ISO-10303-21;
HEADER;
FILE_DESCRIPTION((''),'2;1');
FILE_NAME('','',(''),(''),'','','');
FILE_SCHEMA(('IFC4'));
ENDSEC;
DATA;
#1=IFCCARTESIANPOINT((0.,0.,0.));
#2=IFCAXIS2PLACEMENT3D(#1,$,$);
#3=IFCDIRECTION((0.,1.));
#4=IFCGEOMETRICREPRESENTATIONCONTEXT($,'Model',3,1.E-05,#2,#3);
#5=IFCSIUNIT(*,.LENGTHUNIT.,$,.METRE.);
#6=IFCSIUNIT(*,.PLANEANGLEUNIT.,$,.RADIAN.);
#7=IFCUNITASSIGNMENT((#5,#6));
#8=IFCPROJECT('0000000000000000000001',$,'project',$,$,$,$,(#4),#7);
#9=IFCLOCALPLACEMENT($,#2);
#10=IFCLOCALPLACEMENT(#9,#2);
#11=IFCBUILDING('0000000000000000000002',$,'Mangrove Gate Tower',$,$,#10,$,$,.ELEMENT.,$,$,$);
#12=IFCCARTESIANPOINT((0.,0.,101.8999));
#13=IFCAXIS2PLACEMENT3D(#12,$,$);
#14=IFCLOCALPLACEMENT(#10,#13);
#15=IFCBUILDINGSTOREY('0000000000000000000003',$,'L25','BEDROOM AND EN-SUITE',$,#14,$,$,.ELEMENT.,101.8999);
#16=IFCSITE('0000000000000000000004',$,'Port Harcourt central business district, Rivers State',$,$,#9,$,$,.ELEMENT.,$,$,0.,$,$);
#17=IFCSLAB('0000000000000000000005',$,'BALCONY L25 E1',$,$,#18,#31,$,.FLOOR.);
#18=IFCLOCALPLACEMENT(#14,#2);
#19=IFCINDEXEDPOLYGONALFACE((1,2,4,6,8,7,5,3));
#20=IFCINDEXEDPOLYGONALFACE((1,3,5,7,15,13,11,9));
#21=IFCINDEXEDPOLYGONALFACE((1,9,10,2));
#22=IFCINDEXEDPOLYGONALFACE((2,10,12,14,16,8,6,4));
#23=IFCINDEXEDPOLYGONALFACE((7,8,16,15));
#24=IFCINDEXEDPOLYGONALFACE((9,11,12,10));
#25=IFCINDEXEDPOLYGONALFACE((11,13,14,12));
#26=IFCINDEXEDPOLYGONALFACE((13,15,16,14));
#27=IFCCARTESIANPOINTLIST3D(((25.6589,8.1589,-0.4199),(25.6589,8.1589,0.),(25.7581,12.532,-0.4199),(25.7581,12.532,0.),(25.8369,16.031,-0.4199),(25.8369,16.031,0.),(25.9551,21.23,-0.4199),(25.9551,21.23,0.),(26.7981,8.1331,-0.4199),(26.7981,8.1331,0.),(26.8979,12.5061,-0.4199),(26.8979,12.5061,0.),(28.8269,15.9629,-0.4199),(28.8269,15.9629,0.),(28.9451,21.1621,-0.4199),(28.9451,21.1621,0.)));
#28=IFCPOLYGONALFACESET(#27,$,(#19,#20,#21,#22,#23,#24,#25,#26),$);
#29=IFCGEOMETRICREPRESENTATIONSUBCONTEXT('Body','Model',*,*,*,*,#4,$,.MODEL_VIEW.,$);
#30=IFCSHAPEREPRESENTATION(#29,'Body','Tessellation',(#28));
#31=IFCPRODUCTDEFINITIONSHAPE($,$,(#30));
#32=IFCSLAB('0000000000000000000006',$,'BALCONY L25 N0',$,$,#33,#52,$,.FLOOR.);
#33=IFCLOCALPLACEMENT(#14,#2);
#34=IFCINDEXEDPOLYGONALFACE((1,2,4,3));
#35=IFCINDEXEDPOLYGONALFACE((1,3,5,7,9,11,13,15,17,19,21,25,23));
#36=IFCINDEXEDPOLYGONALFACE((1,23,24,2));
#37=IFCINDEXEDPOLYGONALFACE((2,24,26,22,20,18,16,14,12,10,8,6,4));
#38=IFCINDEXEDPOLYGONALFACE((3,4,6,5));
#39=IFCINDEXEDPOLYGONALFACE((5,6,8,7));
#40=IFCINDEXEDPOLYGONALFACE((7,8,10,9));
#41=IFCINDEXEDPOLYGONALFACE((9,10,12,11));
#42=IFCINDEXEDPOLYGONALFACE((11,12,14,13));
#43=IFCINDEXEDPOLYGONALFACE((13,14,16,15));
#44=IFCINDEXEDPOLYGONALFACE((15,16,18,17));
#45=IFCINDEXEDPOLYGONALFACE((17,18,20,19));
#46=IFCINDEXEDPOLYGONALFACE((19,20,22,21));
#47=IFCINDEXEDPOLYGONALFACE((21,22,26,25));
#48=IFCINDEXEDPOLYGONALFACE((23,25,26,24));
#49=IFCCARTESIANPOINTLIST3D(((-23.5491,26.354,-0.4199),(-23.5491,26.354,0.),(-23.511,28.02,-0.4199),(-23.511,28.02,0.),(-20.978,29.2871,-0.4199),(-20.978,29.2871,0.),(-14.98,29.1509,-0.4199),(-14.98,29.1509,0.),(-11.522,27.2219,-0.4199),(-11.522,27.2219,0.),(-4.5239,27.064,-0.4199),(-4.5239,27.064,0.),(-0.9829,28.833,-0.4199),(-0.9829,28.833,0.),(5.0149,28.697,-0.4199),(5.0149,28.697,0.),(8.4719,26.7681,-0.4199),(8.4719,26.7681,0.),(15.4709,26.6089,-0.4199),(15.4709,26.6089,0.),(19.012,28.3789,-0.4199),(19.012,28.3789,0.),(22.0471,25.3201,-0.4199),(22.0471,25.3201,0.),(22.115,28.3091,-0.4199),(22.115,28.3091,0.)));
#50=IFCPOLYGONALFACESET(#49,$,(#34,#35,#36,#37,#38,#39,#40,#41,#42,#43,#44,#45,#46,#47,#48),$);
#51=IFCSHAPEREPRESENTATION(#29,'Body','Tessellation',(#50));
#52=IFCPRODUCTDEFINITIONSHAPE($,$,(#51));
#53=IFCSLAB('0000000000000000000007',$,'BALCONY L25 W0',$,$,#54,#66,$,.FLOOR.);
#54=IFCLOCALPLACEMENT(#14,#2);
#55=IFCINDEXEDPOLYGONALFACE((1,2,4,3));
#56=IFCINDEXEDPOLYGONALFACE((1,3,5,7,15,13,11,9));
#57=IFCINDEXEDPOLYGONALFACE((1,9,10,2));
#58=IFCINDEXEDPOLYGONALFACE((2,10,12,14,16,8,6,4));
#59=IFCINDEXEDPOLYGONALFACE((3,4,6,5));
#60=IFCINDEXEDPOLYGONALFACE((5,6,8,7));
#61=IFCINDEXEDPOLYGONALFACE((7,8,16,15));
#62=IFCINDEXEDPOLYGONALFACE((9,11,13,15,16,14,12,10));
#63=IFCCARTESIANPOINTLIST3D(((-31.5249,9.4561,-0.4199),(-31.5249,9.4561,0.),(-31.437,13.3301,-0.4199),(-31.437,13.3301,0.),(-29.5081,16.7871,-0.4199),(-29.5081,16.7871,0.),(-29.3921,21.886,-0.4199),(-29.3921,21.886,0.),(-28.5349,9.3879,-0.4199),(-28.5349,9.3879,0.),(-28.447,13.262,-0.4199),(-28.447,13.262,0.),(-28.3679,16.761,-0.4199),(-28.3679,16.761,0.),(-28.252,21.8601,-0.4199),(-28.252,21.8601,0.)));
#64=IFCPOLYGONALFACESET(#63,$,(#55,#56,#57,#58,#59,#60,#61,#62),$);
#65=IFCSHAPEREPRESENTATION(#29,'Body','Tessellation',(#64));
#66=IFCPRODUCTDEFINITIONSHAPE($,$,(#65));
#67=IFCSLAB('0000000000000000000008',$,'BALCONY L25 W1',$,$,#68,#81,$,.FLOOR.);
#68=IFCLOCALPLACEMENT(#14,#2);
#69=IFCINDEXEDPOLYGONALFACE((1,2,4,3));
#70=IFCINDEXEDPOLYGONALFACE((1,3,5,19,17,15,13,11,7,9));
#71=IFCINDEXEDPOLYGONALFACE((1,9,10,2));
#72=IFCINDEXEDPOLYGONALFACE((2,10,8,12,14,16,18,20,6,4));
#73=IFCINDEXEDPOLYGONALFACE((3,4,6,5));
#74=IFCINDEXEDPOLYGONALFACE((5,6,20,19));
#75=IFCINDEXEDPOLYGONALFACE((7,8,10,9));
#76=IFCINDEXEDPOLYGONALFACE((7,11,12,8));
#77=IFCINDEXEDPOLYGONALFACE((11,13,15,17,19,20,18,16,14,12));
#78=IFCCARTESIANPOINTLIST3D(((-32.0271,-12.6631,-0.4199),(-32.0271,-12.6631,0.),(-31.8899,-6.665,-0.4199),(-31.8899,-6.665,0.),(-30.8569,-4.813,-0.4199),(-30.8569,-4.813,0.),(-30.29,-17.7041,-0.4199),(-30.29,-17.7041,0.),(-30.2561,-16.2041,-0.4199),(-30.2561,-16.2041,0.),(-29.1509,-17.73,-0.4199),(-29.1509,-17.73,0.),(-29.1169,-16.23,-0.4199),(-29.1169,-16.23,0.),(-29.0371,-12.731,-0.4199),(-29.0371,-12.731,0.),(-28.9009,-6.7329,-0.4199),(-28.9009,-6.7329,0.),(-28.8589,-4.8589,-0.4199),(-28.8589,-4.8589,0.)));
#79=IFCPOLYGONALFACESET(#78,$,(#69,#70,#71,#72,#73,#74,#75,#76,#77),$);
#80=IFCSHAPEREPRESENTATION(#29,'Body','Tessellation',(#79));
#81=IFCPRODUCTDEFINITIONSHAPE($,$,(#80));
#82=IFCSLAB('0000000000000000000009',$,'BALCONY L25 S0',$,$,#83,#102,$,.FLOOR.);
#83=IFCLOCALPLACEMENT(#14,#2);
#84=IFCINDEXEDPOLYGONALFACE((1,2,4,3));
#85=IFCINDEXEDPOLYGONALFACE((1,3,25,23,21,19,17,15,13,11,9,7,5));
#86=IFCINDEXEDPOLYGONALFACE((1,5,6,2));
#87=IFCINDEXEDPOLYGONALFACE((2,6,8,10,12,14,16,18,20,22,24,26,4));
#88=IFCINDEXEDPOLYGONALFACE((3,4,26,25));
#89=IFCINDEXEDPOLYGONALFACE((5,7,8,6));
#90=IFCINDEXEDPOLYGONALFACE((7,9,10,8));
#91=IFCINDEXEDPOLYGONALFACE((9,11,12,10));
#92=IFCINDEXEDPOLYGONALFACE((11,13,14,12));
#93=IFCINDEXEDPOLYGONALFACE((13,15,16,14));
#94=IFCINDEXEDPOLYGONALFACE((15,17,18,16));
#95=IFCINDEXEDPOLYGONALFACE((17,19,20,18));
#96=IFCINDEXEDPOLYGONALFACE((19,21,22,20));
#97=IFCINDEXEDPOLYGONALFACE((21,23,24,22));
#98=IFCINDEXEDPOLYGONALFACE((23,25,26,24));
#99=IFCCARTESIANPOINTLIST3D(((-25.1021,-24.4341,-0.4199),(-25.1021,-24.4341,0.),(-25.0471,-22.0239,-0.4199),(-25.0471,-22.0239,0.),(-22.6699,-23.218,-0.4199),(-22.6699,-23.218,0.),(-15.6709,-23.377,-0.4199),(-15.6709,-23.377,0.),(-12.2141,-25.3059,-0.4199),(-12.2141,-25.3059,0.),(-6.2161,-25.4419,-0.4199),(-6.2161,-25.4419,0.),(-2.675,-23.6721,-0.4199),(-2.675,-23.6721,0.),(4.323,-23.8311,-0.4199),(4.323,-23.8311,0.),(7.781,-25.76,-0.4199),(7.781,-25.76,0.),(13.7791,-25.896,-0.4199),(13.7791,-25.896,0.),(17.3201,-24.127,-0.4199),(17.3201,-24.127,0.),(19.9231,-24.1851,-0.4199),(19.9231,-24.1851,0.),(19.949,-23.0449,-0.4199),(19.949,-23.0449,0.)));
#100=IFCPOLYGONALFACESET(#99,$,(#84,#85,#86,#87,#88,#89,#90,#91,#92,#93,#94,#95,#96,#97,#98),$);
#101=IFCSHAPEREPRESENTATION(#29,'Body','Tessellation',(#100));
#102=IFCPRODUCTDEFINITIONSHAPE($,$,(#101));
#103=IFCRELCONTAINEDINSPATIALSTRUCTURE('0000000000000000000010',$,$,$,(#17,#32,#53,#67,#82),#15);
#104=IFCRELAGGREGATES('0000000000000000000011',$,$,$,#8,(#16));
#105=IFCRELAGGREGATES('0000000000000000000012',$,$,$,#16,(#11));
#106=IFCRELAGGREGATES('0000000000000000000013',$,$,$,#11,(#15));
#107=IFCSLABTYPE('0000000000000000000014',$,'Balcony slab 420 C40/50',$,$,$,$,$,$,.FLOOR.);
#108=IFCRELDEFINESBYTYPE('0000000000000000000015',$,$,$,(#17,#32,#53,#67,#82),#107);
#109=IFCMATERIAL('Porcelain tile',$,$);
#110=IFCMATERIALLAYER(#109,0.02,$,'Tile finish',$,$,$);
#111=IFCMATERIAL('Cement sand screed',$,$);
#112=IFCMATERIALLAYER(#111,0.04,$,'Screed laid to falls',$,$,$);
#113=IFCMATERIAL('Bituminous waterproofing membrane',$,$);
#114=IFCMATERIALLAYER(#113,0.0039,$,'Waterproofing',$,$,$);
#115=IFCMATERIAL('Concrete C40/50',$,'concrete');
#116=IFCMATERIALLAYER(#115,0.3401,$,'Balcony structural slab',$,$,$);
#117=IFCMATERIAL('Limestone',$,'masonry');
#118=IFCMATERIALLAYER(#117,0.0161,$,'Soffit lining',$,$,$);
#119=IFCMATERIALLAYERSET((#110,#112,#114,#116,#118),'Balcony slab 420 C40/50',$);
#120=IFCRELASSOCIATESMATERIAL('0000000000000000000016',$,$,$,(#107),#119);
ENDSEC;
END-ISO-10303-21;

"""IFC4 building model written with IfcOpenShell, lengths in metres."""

from ifc_helpers import new_model, si_unit, direction, frame, origin, place, context, subcontext, project, spatial, polyline, outline, extrude, material, layer, layer_set, type_object, element, save


model = new_model("IFC4")

# Units and contexts
model_context = context("Model", 3, precision=1e-05, world=origin(), true_north=direction((0.0, 1.0)))
body_context = subcontext(model_context, "Body", "Model", "MODEL_VIEW")
ifc_project = project(units=[si_unit("LENGTHUNIT", "METRE"), si_unit("PLANEANGLEUNIT", "RADIAN")], contexts=[model_context])

# Site, building, storey
site_placement = place(None, origin())
site = spatial("IfcSite", under=ifc_project, at=site_placement, Name="Port Harcourt central business district, Rivers State", CompositionType="ELEMENT", RefElevation=0.0)
building_placement = place(site_placement, origin())
building = spatial("IfcBuilding", under=site, at=building_placement, Name="Mangrove Gate Tower", CompositionType="ELEMENT")
storey_placement = place(building_placement, frame((0.0, 0.0, 101.8999)))
storey = spatial("IfcBuildingStorey", under=building, at=storey_placement, Name="L25", Description="BEDROOM AND EN-SUITE", CompositionType="ELEMENT", Elevation=101.8999)

# Slabs
ifc_material_1 = material(Name="Porcelain tile")
ifc_layer_1 = layer(ifc_material_1, 0.02, Name="Tile finish")
ifc_material_2 = material(Name="Cement sand screed")
ifc_layer_2 = layer(ifc_material_2, 0.04, Name="Screed laid to falls")
ifc_material_3 = material(Name="Bituminous waterproofing membrane")
ifc_layer_3 = layer(ifc_material_3, 0.0039, Name="Waterproofing")
ifc_material_4 = material(Name="Concrete C40/50", Category="concrete")
ifc_layer_4 = layer(ifc_material_4, 0.3401, Name="Balcony structural slab")
ifc_material_5 = material(Name="Limestone", Category="masonry")
ifc_layer_5 = layer(ifc_material_5, 0.0161, Name="Soffit lining")
ifc_layer_set_1 = layer_set([ifc_layer_1, ifc_layer_2, ifc_layer_3, ifc_layer_4, ifc_layer_5], Name="Balcony slab 420 C40/50")
slab_type_1 = type_object("IfcSlabType", Name="Balcony slab 420 C40/50", PredefinedType="FLOOR", material=ifc_layer_set_1)
slab_1_placement = place(storey_placement, frame((0.0, 0.0, -0.4199)))
element("IfcSlab", 1, at=slab_1_placement, inside=storey, type_object=slab_type_1, Name="BALCONY L25 E1", PredefinedType="FLOOR", context=body_context, shape_type="SweptSolid", body=[
    extrude(outline(polyline([(26.7981, 8.1331), (26.8979, 12.5061), (28.8269, 15.9629), (28.9451, 21.1621), (25.9551, 21.23), (25.8369, 16.031), (25.7581, 12.532), (25.6589, 8.1589), (26.7981, 8.1331)])), origin(), (0.0, 0.0, 1.0), 0.4199),
])
slab_2_placement = place(storey_placement, frame((0.0, 0.0, -0.4199)))
element("IfcSlab", 2, at=slab_2_placement, inside=storey, type_object=slab_type_1, Name="BALCONY L25 N0", PredefinedType="FLOOR", context=body_context, shape_type="SweptSolid", body=[
    extrude(outline(polyline([(22.115, 28.3091), (19.012, 28.3789), (15.4709, 26.6089), (8.4719, 26.7681), (5.0149, 28.697), (-0.9829, 28.833), (-4.5239, 27.064), (-11.522, 27.2219), (-14.98, 29.1509), (-20.978, 29.2871), (-23.511, 28.02), (-23.5491, 26.354), (22.0471, 25.3201), (22.115, 28.3091)])), origin(), (0.0, 0.0, 1.0), 0.4199),
])
slab_3_placement = place(storey_placement, frame((0.0, 0.0, -0.4199)))
element("IfcSlab", 3, at=slab_3_placement, inside=storey, type_object=slab_type_1, Name="BALCONY L25 W0", PredefinedType="FLOOR", context=body_context, shape_type="SweptSolid", body=[
    extrude(outline(polyline([(-29.3921, 21.886), (-29.5081, 16.7871), (-31.437, 13.3301), (-31.5249, 9.4561), (-28.5349, 9.3879), (-28.447, 13.262), (-28.3679, 16.761), (-28.252, 21.8601), (-29.3921, 21.886)])), origin(), (0.0, 0.0, 1.0), 0.4199),
])
slab_4_placement = place(storey_placement, frame((0.0, 0.0, -0.4199)))
element("IfcSlab", 4, at=slab_4_placement, inside=storey, type_object=slab_type_1, Name="BALCONY L25 W1", PredefinedType="FLOOR", context=body_context, shape_type="SweptSolid", body=[
    extrude(outline(polyline([(-30.8569, -4.813), (-31.8899, -6.665), (-32.0271, -12.6631), (-30.2561, -16.2041), (-30.29, -17.7041), (-29.1509, -17.73), (-29.1169, -16.23), (-29.0371, -12.731), (-28.9009, -6.7329), (-28.8589, -4.8589), (-30.8569, -4.813)])), origin(), (0.0, 0.0, 1.0), 0.4199),
])
slab_5_placement = place(storey_placement, frame((0.0, 0.0, -0.4199)))
element("IfcSlab", 5, at=slab_5_placement, inside=storey, type_object=slab_type_1, Name="BALCONY L25 S0", PredefinedType="FLOOR", context=body_context, shape_type="SweptSolid", body=[
    extrude(outline(polyline([(-25.1021, -24.4341), (-22.6699, -23.218), (-15.6709, -23.377), (-12.2141, -25.3059), (-6.2161, -25.4419), (-2.675, -23.6721), (4.323, -23.8311), (7.781, -25.76), (13.7791, -25.896), (17.3201, -24.127), (19.9231, -24.1851), (19.949, -23.0449), (-25.0471, -22.0239), (-25.1021, -24.4341)])), origin(), (0.0, 0.0, 1.0), 0.4199),
])

save(model, "model.ifc")
